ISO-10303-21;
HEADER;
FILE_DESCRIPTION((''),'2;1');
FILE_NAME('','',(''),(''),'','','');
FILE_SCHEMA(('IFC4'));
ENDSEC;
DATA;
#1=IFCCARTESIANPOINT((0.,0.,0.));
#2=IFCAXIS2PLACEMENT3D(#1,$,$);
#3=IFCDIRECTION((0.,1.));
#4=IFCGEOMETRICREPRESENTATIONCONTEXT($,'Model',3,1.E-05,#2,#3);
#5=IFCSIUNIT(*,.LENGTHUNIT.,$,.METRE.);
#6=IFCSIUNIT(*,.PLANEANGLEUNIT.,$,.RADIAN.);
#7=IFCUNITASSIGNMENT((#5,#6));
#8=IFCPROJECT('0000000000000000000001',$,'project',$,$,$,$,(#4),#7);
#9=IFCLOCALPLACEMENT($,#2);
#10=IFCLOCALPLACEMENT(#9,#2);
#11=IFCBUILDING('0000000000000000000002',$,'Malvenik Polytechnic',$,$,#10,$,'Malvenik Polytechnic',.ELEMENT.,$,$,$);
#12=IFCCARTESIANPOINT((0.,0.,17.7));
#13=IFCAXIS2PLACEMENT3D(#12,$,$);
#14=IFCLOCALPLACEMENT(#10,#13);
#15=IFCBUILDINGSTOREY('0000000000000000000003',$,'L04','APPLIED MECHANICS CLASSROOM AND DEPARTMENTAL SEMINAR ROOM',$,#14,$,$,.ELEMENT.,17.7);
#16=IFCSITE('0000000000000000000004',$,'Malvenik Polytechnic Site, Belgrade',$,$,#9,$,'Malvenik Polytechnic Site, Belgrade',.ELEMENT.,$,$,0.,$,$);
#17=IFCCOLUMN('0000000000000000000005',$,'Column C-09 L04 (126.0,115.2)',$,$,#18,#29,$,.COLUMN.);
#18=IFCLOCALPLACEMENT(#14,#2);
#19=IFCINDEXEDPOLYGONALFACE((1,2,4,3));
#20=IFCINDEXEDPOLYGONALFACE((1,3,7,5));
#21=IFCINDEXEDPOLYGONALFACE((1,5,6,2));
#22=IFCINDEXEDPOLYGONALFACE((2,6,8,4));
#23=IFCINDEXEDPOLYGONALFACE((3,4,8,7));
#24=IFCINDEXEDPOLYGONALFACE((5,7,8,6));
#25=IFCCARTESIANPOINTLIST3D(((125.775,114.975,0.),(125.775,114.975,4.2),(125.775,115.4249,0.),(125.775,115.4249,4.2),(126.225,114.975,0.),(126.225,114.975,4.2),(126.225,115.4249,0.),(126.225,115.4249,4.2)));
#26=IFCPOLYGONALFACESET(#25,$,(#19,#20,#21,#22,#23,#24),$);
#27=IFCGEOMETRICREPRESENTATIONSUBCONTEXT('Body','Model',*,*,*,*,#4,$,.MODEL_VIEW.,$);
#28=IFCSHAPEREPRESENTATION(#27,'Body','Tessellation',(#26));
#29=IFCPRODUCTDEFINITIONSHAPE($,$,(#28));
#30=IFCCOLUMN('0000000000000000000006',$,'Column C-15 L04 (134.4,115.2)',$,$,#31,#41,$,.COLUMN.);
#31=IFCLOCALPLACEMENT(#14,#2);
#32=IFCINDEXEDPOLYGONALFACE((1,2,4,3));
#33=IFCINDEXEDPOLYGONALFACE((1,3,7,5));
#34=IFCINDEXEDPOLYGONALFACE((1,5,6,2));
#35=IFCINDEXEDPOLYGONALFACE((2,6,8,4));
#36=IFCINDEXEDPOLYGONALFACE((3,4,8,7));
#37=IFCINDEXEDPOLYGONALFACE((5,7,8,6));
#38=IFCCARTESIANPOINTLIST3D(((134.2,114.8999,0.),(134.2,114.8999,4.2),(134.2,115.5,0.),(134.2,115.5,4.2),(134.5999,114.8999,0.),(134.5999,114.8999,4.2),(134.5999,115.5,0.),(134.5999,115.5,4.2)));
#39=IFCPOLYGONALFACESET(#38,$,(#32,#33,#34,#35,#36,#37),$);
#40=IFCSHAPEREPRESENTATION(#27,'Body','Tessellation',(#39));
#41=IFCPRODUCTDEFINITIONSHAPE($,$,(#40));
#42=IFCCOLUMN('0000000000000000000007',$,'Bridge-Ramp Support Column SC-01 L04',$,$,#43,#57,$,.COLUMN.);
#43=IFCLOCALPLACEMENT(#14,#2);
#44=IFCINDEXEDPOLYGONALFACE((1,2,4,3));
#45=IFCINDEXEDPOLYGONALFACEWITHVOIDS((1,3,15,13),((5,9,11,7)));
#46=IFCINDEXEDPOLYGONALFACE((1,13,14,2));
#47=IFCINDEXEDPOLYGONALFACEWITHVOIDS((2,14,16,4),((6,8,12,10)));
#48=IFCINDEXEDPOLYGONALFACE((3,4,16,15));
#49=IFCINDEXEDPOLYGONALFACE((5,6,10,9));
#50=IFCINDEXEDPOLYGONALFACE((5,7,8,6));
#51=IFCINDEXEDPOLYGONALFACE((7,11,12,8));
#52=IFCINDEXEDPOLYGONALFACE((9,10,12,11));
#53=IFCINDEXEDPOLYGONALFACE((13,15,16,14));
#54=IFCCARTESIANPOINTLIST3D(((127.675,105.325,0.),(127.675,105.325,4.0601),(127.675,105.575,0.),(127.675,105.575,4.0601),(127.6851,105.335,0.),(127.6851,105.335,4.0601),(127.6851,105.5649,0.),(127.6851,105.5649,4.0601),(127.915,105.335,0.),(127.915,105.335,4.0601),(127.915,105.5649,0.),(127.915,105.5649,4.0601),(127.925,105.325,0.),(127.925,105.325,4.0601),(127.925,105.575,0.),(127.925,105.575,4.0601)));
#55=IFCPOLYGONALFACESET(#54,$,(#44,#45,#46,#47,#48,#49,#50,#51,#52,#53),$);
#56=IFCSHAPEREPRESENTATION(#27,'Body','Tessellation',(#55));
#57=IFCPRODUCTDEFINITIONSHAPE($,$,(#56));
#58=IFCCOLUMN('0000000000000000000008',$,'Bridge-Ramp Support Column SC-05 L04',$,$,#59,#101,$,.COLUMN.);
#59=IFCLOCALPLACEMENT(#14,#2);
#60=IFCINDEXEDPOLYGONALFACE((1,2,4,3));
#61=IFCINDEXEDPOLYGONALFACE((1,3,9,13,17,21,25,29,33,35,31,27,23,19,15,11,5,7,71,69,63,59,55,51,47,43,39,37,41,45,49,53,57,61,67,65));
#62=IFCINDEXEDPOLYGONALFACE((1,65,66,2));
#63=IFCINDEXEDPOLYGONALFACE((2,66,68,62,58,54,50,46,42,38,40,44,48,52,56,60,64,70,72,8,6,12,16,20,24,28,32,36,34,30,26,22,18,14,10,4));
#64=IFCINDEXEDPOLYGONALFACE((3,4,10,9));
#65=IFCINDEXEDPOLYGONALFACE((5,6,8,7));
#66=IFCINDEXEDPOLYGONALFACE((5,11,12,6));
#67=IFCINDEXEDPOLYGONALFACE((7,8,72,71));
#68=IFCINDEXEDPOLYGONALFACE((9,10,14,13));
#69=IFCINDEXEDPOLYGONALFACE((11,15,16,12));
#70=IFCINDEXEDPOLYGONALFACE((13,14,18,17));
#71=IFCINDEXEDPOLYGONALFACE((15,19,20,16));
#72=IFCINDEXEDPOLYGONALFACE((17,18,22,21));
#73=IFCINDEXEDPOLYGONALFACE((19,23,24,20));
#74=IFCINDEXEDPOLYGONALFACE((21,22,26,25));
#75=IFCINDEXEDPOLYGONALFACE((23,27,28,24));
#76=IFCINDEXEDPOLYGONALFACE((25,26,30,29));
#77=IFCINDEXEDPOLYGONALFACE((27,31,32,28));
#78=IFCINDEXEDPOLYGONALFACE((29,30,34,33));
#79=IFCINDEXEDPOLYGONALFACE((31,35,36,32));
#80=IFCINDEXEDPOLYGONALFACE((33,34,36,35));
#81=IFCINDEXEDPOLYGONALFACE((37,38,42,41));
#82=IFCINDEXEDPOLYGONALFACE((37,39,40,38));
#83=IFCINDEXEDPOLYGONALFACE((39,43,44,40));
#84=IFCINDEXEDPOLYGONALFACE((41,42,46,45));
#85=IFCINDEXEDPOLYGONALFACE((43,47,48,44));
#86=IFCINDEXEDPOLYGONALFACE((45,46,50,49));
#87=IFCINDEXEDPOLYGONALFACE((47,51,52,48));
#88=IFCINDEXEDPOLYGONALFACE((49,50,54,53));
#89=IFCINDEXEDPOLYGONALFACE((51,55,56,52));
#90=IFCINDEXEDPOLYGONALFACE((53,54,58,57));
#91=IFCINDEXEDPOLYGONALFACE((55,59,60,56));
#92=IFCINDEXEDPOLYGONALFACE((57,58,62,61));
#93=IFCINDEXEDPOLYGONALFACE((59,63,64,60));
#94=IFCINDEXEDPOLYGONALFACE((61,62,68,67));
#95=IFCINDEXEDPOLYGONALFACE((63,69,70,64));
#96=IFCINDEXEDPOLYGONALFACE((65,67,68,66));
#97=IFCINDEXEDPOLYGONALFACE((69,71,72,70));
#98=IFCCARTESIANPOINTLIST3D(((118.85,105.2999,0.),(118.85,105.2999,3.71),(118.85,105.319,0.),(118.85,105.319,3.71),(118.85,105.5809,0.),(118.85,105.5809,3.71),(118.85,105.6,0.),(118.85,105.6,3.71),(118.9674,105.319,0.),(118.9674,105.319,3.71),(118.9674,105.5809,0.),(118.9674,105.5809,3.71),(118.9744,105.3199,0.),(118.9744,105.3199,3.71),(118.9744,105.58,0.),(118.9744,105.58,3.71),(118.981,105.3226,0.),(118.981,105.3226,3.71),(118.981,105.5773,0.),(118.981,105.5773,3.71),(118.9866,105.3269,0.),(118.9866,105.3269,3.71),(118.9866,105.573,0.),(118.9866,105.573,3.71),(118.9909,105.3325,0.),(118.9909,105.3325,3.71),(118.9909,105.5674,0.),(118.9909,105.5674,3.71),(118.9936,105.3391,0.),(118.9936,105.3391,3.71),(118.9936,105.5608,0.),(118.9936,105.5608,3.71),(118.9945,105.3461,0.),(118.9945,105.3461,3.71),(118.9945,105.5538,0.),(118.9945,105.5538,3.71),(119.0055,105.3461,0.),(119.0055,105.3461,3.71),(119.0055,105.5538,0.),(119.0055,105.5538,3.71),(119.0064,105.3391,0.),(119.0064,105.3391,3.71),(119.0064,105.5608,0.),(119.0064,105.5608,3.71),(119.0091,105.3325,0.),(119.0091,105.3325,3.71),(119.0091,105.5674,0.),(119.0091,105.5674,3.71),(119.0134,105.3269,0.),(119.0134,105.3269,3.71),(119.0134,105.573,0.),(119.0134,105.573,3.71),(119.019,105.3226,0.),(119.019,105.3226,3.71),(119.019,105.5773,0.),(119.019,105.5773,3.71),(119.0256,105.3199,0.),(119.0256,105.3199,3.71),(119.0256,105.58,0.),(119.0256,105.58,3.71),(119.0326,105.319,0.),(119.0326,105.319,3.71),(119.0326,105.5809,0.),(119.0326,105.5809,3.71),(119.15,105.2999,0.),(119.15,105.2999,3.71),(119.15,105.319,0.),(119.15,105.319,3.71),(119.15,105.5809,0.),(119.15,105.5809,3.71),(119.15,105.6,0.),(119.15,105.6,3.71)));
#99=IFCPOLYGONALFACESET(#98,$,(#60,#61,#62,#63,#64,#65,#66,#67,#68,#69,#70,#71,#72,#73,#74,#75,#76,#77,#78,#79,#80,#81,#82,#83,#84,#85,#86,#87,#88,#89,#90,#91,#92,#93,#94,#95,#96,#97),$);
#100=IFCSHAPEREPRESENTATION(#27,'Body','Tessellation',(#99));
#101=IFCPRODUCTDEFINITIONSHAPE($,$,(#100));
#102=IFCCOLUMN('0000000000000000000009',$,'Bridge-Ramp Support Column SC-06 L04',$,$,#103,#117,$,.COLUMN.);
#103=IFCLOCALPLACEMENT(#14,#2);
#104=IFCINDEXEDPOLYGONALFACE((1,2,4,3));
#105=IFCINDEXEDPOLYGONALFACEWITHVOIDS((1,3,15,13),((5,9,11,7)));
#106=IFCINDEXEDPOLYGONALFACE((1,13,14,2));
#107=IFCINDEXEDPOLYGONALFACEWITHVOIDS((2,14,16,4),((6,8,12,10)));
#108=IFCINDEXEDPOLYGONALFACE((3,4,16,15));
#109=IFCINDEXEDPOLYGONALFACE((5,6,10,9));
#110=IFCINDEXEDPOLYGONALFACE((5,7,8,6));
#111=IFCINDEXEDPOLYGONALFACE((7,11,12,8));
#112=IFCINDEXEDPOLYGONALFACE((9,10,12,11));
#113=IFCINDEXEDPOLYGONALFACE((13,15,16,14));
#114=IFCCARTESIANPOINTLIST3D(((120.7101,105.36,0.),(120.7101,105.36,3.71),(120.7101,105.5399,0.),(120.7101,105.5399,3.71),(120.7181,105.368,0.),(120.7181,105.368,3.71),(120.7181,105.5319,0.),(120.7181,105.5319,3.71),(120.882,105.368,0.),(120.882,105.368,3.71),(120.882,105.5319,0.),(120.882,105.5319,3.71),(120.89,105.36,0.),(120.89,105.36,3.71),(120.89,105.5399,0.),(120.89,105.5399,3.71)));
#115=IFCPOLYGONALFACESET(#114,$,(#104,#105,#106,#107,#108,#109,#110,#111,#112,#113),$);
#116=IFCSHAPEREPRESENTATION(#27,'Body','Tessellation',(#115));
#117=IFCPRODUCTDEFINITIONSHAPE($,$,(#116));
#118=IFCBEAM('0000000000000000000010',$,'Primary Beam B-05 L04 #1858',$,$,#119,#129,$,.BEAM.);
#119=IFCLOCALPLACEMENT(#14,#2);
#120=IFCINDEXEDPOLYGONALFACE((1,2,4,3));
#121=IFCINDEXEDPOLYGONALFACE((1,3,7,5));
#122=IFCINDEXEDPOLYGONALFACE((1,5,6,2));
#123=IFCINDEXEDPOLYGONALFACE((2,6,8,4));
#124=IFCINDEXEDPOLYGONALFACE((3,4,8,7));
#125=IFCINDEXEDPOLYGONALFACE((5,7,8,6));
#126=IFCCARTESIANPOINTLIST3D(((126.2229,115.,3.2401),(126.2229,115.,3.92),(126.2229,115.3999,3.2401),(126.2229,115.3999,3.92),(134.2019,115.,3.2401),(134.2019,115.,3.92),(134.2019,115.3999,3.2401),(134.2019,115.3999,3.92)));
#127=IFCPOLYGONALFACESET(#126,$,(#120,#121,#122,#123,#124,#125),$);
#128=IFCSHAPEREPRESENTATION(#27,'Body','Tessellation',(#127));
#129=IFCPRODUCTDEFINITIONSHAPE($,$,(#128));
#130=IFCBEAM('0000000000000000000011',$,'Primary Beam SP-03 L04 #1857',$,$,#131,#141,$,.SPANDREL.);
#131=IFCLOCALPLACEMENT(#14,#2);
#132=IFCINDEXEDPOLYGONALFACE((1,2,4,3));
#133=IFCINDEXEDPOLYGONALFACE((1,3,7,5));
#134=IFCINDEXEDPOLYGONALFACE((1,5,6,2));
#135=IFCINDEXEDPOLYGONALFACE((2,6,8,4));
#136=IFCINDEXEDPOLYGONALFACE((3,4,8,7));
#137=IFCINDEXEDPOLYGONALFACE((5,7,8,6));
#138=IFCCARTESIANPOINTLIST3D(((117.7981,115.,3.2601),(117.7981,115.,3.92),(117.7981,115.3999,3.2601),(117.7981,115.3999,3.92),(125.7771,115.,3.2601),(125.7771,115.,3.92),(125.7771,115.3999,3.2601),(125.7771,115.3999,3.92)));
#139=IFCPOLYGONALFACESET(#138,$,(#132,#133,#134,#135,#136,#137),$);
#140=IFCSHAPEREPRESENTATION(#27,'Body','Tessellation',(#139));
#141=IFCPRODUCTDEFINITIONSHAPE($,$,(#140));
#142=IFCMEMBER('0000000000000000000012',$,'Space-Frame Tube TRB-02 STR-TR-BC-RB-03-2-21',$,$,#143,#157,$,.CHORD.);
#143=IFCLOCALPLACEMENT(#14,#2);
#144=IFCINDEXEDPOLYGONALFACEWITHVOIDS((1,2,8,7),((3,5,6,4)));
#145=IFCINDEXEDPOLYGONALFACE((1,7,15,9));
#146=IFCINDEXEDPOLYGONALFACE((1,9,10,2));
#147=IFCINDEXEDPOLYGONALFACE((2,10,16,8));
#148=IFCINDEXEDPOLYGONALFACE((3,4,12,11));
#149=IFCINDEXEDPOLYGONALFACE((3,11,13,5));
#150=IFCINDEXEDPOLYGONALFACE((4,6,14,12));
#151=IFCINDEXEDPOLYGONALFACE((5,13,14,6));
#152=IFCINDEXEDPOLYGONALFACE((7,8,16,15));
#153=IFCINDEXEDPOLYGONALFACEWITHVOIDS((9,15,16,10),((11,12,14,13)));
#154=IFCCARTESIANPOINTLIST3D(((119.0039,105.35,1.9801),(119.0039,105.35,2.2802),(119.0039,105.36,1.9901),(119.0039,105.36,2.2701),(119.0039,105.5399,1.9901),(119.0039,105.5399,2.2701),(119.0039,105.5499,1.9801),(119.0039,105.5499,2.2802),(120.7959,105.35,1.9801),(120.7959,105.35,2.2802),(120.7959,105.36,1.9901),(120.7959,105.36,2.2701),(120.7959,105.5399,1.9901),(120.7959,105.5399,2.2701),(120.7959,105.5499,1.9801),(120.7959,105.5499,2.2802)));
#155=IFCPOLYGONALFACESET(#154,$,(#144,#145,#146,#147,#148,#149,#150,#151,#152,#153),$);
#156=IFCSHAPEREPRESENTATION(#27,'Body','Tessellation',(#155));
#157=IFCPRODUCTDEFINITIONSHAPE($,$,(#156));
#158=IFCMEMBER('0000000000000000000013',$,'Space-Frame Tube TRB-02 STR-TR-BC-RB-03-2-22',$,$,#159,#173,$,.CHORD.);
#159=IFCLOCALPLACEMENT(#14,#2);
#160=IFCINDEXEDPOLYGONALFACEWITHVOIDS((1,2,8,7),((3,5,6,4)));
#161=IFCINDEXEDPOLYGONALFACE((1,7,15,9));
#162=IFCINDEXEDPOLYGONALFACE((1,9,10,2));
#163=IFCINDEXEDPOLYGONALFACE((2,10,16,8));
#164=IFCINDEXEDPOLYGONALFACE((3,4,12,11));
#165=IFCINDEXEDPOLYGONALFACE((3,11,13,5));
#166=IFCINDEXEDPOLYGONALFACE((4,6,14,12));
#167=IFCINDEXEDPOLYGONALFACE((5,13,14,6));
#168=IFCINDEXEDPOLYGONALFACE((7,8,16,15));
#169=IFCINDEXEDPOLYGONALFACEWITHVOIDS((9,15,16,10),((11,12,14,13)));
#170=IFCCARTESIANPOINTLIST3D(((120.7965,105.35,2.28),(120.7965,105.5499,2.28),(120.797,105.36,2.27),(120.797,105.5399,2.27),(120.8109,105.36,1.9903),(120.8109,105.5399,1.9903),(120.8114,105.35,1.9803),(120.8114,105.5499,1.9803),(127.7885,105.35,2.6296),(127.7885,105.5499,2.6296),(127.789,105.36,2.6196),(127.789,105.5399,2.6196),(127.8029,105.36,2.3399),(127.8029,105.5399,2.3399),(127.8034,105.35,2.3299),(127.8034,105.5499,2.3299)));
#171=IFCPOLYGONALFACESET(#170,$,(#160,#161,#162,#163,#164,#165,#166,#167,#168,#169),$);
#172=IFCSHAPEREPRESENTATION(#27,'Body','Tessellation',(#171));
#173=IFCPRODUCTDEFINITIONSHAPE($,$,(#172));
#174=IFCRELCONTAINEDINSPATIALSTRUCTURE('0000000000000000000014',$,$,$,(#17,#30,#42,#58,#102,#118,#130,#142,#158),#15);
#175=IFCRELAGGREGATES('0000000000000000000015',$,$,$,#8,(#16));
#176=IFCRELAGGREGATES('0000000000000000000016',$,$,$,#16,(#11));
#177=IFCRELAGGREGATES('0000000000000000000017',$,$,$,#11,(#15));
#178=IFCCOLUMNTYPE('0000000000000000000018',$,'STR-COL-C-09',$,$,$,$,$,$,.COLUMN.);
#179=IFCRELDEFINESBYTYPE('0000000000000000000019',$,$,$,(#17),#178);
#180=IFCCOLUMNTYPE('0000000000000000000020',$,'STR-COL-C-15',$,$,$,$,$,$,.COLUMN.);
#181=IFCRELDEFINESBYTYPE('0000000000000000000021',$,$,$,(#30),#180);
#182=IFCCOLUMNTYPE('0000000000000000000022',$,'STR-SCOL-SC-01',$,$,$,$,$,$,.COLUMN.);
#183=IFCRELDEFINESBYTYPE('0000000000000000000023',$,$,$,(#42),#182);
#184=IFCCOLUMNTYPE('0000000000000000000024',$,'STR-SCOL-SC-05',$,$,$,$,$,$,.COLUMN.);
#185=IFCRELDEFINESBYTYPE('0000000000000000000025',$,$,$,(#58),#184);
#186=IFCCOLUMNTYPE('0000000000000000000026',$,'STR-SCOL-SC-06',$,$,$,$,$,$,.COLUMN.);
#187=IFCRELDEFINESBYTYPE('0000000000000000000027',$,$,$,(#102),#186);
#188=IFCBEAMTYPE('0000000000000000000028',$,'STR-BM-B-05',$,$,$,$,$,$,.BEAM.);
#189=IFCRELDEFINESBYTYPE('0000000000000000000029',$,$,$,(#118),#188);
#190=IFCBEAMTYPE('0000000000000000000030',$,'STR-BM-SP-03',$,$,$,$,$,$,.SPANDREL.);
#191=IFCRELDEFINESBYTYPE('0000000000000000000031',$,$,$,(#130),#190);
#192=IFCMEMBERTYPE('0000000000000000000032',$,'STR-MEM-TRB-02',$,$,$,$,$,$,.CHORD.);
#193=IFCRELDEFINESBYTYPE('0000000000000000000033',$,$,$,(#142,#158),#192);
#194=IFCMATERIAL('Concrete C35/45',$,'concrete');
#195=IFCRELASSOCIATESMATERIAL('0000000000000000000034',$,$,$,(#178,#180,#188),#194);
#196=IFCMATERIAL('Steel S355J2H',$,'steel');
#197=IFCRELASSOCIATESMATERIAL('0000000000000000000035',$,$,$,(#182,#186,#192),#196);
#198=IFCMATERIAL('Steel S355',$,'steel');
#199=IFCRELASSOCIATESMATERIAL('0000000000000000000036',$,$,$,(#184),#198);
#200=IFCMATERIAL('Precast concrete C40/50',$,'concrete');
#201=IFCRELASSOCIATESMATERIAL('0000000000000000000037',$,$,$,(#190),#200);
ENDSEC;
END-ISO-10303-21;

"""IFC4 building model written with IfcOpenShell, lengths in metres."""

from ifc_helpers import new_model, si_unit, direction, frame, origin, origin_2d, place, context, subcontext, project, spatial, rectangle, hollow_rectangle, i_section, extrude, material, material_profile, profile_set, type_object, element, save


model = new_model("IFC4")

# Units and contexts
model_context = context("Model", 3, precision=1e-05, world=origin(), true_north=direction((0.0, 1.0)))
body_context = subcontext(model_context, "Body", "Model", "MODEL_VIEW")
ifc_project = project(units=[si_unit("LENGTHUNIT", "METRE"), si_unit("PLANEANGLEUNIT", "RADIAN")], contexts=[model_context])

# Site, building, storey
site_placement = place(None, origin())
site = spatial("IfcSite", under=ifc_project, at=site_placement, Name="Malvenik Polytechnic Site, Belgrade", LongName="Malvenik Polytechnic Site, Belgrade", CompositionType="ELEMENT", RefElevation=0.0)
building_placement = place(site_placement, origin())
building = spatial("IfcBuilding", under=site, at=building_placement, Name="Malvenik Polytechnic", LongName="Malvenik Polytechnic", CompositionType="ELEMENT")
storey_placement = place(building_placement, frame((0.0, 0.0, 17.7)))
storey = spatial("IfcBuildingStorey", under=building, at=storey_placement, Name="L04", Description="APPLIED MECHANICS CLASSROOM AND DEPARTMENTAL SEMINAR ROOM", CompositionType="ELEMENT", Elevation=17.7)

# Columns
ifc_material_1 = material(Name="Concrete C35/45", Category="concrete")
ifc_material_profile_1 = material_profile(ifc_material_1, rectangle(XDim=0.45, YDim=0.45, at=origin_2d()), Name="RC COL 450x450")
ifc_profile_set_1 = profile_set([ifc_material_profile_1], Name="Concrete C35/45")
column_type_1 = type_object("IfcColumnType", Name="STR-COL-C-09", PredefinedType="COLUMN", material=ifc_profile_set_1)
column_1_placement = place(storey_placement, frame((126.0, 115.2, 0.0), z_axis=(0.0, 0.0, 1.0), x_axis=(1.0, 0.0, 0.0)))
element("IfcColumn", 1, at=column_1_placement, inside=storey, type_object=column_type_1, Name="Column C-09 L04 (126.0,115.2)", PredefinedType="COLUMN", context=body_context, shape_type="SweptSolid", body=[
    extrude(rectangle(XDim=0.45, YDim=0.45, at=origin_2d()), origin(), (0.0, 0.0, 1.0), 4.2),
])
ifc_material_profile_2 = material_profile(ifc_material_1, rectangle(XDim=0.3999, YDim=0.6001, at=origin_2d()), Name="RC COL 600x400")
ifc_profile_set_2 = profile_set([ifc_material_profile_2], Name="Concrete C35/45")
column_type_2 = type_object("IfcColumnType", Name="STR-COL-C-15", PredefinedType="COLUMN", material=ifc_profile_set_2)
column_2_placement = place(storey_placement, frame((134.3999, 115.2, 0.0), z_axis=(0.0, 0.0, 1.0), x_axis=(1.0, 0.0, 0.0)))
element("IfcColumn", 2, at=column_2_placement, inside=storey, type_object=column_type_2, Name="Column C-15 L04 (134.4,115.2)", PredefinedType="COLUMN", context=body_context, shape_type="SweptSolid", body=[
    extrude(rectangle(XDim=0.3999, YDim=0.6001, at=origin_2d()), origin(), (0.0, 0.0, 1.0), 4.2),
])
ifc_material_2 = material(Name="Steel S355J2H", Category="steel")
ifc_material_profile_3 = material_profile(ifc_material_2, hollow_rectangle(XDim=0.25, YDim=0.25, WallThickness=0.01, at=origin_2d()), Name="SHS 250x250x10.0")
ifc_profile_set_3 = profile_set([ifc_material_profile_3], Name="Steel S355J2H")
column_type_3 = type_object("IfcColumnType", Name="STR-SCOL-SC-01", PredefinedType="COLUMN", material=ifc_profile_set_3)
column_3_placement = place(storey_placement, frame((127.8, 105.45, 0.0), z_axis=(0.0, 0.0, 1.0), x_axis=(1.0, 0.0, 0.0)))
element("IfcColumn", 3, at=column_3_placement, inside=storey, type_object=column_type_3, Name="Bridge-Ramp Support Column SC-01 L04", PredefinedType="COLUMN", context=body_context, shape_type="SweptSolid", body=[
    extrude(hollow_rectangle(XDim=0.25, YDim=0.25, WallThickness=0.01, at=origin_2d()), origin(), (0.0, 0.0, 1.0), 4.0601),
])
ifc_material_3 = material(Name="Steel S355", Category="steel")
ifc_material_profile_4 = material_profile(ifc_material_3, i_section(OverallWidth=0.3, OverallDepth=0.3, WebThickness=0.011, FlangeThickness=0.019, FilletRadius=0.0271, at=origin_2d()), Name="HEB 300")
ifc_profile_set_4 = profile_set([ifc_material_profile_4], Name="Steel S355")
column_type_4 = type_object("IfcColumnType", Name="STR-SCOL-SC-05", PredefinedType="COLUMN", material=ifc_profile_set_4)
column_4_placement = place(storey_placement, frame((119.0, 105.45, 0.0), z_axis=(0.0, 0.0, 1.0), x_axis=(1.0, 0.0, 0.0)))
element("IfcColumn", 4, at=column_4_placement, inside=storey, type_object=column_type_4, Name="Bridge-Ramp Support Column SC-05 L04", PredefinedType="COLUMN", context=body_context, shape_type="SweptSolid", body=[
    extrude(i_section(OverallWidth=0.3, OverallDepth=0.3, WebThickness=0.011, FlangeThickness=0.019, FilletRadius=0.0271, at=origin_2d()), origin(), (0.0, 0.0, 1.0), 3.71),
])
ifc_material_profile_5 = material_profile(ifc_material_2, hollow_rectangle(XDim=0.1799, YDim=0.1799, WallThickness=0.0081, at=origin_2d()), Name="SHS 180x180x8.0")
ifc_profile_set_5 = profile_set([ifc_material_profile_5], Name="Steel S355J2H")
column_type_5 = type_object("IfcColumnType", Name="STR-SCOL-SC-06", PredefinedType="COLUMN", material=ifc_profile_set_5)
column_5_placement = place(storey_placement, frame((120.8, 105.45, 0.0), z_axis=(0.0, 0.0, 1.0), x_axis=(1.0, 0.0, 0.0)))
element("IfcColumn", 5, at=column_5_placement, inside=storey, type_object=column_type_5, Name="Bridge-Ramp Support Column SC-06 L04", PredefinedType="COLUMN", context=body_context, shape_type="SweptSolid", body=[
    extrude(hollow_rectangle(XDim=0.1799, YDim=0.1799, WallThickness=0.0081, at=origin_2d()), origin(), (0.0, 0.0, 1.0), 3.71),
])

# Beams
ifc_material_profile_6 = material_profile(ifc_material_1, rectangle(XDim=0.3999, YDim=0.6799, at=origin_2d()), Name="RC BM 400x680")
ifc_profile_set_6 = profile_set([ifc_material_profile_6], Name="Concrete C35/45")
beam_type_1 = type_object("IfcBeamType", Name="STR-BM-B-05", PredefinedType="BEAM", material=ifc_profile_set_6)
beam_1_placement = place(storey_placement, frame((126.2229, 115.2, 3.5801), z_axis=(1.0, 0.0, 0.0), x_axis=(0.0, 1.0, 0.0)))
element("IfcBeam", 6, at=beam_1_placement, inside=storey, type_object=beam_type_1, Name="Primary Beam B-05 L04 #1858", PredefinedType="BEAM", context=body_context, shape_type="SweptSolid", body=[
    extrude(rectangle(XDim=0.3999, YDim=0.6799, at=origin_2d()), origin(), (0.0, 0.0, 1.0), 7.979),
])
ifc_material_4 = material(Name="Precast concrete C40/50", Category="concrete")
ifc_material_profile_7 = material_profile(ifc_material_4, rectangle(XDim=0.3999, YDim=0.6599, at=origin_2d()), Name="PC SPN 400x660")
ifc_profile_set_7 = profile_set([ifc_material_profile_7], Name="Precast concrete C40/50")
beam_type_2 = type_object("IfcBeamType", Name="STR-BM-SP-03", PredefinedType="SPANDREL", material=ifc_profile_set_7)
beam_2_placement = place(storey_placement, frame((117.7981, 115.2, 3.5901), z_axis=(1.0, 0.0, 0.0), x_axis=(0.0, 1.0, 0.0)))
element("IfcBeam", 7, at=beam_2_placement, inside=storey, type_object=beam_type_2, Name="Primary Beam SP-03 L04 #1857", PredefinedType="SPANDREL", context=body_context, shape_type="SweptSolid", body=[
    extrude(rectangle(XDim=0.3999, YDim=0.6599, at=origin_2d()), origin(), (0.0, 0.0, 1.0), 7.979),
])

# Members
ifc_material_profile_8 = material_profile(ifc_material_2, hollow_rectangle(XDim=0.2, YDim=0.3, WallThickness=0.01, at=origin_2d()), Name="RHS 300x200x10.0")
ifc_profile_set_8 = profile_set([ifc_material_profile_8], Name="Steel S355J2H")
member_type_1 = type_object("IfcMemberType", Name="STR-MEM-TRB-02", PredefinedType="CHORD", material=ifc_profile_set_8)
member_1_placement = place(storey_placement, frame((119.0039, 105.45, 2.1301), z_axis=(1.0, 0.0, 0.0), x_axis=(0.0, 1.0, 0.0)))
element("IfcMember", 8, at=member_1_placement, inside=storey, type_object=member_type_1, Name="Space-Frame Tube TRB-02 STR-TR-BC-RB-03-2-21", PredefinedType="CHORD", context=body_context, shape_type="SweptSolid", body=[
    extrude(hollow_rectangle(XDim=0.2, YDim=0.3, WallThickness=0.01, at=origin_2d()), origin(), (0.0, 0.0, 1.0), 1.792),
])
member_2_placement = place(storey_placement, frame((120.804, 105.45, 2.1301), z_axis=(0.998752, 0.0, 0.049939), x_axis=(0.0, 1.0, 0.0)))
element("IfcMember", 9, at=member_2_placement, inside=storey, type_object=member_type_1, Name="Space-Frame Tube TRB-02 STR-TR-BC-RB-03-2-22", PredefinedType="CHORD", context=body_context, shape_type="SweptSolid", body=[
    extrude(hollow_rectangle(XDim=0.2, YDim=0.3, WallThickness=0.01, at=origin_2d()), origin(), (0.0, 0.0, 1.0), 7.0007),
])

save(model, "model.ifc")
